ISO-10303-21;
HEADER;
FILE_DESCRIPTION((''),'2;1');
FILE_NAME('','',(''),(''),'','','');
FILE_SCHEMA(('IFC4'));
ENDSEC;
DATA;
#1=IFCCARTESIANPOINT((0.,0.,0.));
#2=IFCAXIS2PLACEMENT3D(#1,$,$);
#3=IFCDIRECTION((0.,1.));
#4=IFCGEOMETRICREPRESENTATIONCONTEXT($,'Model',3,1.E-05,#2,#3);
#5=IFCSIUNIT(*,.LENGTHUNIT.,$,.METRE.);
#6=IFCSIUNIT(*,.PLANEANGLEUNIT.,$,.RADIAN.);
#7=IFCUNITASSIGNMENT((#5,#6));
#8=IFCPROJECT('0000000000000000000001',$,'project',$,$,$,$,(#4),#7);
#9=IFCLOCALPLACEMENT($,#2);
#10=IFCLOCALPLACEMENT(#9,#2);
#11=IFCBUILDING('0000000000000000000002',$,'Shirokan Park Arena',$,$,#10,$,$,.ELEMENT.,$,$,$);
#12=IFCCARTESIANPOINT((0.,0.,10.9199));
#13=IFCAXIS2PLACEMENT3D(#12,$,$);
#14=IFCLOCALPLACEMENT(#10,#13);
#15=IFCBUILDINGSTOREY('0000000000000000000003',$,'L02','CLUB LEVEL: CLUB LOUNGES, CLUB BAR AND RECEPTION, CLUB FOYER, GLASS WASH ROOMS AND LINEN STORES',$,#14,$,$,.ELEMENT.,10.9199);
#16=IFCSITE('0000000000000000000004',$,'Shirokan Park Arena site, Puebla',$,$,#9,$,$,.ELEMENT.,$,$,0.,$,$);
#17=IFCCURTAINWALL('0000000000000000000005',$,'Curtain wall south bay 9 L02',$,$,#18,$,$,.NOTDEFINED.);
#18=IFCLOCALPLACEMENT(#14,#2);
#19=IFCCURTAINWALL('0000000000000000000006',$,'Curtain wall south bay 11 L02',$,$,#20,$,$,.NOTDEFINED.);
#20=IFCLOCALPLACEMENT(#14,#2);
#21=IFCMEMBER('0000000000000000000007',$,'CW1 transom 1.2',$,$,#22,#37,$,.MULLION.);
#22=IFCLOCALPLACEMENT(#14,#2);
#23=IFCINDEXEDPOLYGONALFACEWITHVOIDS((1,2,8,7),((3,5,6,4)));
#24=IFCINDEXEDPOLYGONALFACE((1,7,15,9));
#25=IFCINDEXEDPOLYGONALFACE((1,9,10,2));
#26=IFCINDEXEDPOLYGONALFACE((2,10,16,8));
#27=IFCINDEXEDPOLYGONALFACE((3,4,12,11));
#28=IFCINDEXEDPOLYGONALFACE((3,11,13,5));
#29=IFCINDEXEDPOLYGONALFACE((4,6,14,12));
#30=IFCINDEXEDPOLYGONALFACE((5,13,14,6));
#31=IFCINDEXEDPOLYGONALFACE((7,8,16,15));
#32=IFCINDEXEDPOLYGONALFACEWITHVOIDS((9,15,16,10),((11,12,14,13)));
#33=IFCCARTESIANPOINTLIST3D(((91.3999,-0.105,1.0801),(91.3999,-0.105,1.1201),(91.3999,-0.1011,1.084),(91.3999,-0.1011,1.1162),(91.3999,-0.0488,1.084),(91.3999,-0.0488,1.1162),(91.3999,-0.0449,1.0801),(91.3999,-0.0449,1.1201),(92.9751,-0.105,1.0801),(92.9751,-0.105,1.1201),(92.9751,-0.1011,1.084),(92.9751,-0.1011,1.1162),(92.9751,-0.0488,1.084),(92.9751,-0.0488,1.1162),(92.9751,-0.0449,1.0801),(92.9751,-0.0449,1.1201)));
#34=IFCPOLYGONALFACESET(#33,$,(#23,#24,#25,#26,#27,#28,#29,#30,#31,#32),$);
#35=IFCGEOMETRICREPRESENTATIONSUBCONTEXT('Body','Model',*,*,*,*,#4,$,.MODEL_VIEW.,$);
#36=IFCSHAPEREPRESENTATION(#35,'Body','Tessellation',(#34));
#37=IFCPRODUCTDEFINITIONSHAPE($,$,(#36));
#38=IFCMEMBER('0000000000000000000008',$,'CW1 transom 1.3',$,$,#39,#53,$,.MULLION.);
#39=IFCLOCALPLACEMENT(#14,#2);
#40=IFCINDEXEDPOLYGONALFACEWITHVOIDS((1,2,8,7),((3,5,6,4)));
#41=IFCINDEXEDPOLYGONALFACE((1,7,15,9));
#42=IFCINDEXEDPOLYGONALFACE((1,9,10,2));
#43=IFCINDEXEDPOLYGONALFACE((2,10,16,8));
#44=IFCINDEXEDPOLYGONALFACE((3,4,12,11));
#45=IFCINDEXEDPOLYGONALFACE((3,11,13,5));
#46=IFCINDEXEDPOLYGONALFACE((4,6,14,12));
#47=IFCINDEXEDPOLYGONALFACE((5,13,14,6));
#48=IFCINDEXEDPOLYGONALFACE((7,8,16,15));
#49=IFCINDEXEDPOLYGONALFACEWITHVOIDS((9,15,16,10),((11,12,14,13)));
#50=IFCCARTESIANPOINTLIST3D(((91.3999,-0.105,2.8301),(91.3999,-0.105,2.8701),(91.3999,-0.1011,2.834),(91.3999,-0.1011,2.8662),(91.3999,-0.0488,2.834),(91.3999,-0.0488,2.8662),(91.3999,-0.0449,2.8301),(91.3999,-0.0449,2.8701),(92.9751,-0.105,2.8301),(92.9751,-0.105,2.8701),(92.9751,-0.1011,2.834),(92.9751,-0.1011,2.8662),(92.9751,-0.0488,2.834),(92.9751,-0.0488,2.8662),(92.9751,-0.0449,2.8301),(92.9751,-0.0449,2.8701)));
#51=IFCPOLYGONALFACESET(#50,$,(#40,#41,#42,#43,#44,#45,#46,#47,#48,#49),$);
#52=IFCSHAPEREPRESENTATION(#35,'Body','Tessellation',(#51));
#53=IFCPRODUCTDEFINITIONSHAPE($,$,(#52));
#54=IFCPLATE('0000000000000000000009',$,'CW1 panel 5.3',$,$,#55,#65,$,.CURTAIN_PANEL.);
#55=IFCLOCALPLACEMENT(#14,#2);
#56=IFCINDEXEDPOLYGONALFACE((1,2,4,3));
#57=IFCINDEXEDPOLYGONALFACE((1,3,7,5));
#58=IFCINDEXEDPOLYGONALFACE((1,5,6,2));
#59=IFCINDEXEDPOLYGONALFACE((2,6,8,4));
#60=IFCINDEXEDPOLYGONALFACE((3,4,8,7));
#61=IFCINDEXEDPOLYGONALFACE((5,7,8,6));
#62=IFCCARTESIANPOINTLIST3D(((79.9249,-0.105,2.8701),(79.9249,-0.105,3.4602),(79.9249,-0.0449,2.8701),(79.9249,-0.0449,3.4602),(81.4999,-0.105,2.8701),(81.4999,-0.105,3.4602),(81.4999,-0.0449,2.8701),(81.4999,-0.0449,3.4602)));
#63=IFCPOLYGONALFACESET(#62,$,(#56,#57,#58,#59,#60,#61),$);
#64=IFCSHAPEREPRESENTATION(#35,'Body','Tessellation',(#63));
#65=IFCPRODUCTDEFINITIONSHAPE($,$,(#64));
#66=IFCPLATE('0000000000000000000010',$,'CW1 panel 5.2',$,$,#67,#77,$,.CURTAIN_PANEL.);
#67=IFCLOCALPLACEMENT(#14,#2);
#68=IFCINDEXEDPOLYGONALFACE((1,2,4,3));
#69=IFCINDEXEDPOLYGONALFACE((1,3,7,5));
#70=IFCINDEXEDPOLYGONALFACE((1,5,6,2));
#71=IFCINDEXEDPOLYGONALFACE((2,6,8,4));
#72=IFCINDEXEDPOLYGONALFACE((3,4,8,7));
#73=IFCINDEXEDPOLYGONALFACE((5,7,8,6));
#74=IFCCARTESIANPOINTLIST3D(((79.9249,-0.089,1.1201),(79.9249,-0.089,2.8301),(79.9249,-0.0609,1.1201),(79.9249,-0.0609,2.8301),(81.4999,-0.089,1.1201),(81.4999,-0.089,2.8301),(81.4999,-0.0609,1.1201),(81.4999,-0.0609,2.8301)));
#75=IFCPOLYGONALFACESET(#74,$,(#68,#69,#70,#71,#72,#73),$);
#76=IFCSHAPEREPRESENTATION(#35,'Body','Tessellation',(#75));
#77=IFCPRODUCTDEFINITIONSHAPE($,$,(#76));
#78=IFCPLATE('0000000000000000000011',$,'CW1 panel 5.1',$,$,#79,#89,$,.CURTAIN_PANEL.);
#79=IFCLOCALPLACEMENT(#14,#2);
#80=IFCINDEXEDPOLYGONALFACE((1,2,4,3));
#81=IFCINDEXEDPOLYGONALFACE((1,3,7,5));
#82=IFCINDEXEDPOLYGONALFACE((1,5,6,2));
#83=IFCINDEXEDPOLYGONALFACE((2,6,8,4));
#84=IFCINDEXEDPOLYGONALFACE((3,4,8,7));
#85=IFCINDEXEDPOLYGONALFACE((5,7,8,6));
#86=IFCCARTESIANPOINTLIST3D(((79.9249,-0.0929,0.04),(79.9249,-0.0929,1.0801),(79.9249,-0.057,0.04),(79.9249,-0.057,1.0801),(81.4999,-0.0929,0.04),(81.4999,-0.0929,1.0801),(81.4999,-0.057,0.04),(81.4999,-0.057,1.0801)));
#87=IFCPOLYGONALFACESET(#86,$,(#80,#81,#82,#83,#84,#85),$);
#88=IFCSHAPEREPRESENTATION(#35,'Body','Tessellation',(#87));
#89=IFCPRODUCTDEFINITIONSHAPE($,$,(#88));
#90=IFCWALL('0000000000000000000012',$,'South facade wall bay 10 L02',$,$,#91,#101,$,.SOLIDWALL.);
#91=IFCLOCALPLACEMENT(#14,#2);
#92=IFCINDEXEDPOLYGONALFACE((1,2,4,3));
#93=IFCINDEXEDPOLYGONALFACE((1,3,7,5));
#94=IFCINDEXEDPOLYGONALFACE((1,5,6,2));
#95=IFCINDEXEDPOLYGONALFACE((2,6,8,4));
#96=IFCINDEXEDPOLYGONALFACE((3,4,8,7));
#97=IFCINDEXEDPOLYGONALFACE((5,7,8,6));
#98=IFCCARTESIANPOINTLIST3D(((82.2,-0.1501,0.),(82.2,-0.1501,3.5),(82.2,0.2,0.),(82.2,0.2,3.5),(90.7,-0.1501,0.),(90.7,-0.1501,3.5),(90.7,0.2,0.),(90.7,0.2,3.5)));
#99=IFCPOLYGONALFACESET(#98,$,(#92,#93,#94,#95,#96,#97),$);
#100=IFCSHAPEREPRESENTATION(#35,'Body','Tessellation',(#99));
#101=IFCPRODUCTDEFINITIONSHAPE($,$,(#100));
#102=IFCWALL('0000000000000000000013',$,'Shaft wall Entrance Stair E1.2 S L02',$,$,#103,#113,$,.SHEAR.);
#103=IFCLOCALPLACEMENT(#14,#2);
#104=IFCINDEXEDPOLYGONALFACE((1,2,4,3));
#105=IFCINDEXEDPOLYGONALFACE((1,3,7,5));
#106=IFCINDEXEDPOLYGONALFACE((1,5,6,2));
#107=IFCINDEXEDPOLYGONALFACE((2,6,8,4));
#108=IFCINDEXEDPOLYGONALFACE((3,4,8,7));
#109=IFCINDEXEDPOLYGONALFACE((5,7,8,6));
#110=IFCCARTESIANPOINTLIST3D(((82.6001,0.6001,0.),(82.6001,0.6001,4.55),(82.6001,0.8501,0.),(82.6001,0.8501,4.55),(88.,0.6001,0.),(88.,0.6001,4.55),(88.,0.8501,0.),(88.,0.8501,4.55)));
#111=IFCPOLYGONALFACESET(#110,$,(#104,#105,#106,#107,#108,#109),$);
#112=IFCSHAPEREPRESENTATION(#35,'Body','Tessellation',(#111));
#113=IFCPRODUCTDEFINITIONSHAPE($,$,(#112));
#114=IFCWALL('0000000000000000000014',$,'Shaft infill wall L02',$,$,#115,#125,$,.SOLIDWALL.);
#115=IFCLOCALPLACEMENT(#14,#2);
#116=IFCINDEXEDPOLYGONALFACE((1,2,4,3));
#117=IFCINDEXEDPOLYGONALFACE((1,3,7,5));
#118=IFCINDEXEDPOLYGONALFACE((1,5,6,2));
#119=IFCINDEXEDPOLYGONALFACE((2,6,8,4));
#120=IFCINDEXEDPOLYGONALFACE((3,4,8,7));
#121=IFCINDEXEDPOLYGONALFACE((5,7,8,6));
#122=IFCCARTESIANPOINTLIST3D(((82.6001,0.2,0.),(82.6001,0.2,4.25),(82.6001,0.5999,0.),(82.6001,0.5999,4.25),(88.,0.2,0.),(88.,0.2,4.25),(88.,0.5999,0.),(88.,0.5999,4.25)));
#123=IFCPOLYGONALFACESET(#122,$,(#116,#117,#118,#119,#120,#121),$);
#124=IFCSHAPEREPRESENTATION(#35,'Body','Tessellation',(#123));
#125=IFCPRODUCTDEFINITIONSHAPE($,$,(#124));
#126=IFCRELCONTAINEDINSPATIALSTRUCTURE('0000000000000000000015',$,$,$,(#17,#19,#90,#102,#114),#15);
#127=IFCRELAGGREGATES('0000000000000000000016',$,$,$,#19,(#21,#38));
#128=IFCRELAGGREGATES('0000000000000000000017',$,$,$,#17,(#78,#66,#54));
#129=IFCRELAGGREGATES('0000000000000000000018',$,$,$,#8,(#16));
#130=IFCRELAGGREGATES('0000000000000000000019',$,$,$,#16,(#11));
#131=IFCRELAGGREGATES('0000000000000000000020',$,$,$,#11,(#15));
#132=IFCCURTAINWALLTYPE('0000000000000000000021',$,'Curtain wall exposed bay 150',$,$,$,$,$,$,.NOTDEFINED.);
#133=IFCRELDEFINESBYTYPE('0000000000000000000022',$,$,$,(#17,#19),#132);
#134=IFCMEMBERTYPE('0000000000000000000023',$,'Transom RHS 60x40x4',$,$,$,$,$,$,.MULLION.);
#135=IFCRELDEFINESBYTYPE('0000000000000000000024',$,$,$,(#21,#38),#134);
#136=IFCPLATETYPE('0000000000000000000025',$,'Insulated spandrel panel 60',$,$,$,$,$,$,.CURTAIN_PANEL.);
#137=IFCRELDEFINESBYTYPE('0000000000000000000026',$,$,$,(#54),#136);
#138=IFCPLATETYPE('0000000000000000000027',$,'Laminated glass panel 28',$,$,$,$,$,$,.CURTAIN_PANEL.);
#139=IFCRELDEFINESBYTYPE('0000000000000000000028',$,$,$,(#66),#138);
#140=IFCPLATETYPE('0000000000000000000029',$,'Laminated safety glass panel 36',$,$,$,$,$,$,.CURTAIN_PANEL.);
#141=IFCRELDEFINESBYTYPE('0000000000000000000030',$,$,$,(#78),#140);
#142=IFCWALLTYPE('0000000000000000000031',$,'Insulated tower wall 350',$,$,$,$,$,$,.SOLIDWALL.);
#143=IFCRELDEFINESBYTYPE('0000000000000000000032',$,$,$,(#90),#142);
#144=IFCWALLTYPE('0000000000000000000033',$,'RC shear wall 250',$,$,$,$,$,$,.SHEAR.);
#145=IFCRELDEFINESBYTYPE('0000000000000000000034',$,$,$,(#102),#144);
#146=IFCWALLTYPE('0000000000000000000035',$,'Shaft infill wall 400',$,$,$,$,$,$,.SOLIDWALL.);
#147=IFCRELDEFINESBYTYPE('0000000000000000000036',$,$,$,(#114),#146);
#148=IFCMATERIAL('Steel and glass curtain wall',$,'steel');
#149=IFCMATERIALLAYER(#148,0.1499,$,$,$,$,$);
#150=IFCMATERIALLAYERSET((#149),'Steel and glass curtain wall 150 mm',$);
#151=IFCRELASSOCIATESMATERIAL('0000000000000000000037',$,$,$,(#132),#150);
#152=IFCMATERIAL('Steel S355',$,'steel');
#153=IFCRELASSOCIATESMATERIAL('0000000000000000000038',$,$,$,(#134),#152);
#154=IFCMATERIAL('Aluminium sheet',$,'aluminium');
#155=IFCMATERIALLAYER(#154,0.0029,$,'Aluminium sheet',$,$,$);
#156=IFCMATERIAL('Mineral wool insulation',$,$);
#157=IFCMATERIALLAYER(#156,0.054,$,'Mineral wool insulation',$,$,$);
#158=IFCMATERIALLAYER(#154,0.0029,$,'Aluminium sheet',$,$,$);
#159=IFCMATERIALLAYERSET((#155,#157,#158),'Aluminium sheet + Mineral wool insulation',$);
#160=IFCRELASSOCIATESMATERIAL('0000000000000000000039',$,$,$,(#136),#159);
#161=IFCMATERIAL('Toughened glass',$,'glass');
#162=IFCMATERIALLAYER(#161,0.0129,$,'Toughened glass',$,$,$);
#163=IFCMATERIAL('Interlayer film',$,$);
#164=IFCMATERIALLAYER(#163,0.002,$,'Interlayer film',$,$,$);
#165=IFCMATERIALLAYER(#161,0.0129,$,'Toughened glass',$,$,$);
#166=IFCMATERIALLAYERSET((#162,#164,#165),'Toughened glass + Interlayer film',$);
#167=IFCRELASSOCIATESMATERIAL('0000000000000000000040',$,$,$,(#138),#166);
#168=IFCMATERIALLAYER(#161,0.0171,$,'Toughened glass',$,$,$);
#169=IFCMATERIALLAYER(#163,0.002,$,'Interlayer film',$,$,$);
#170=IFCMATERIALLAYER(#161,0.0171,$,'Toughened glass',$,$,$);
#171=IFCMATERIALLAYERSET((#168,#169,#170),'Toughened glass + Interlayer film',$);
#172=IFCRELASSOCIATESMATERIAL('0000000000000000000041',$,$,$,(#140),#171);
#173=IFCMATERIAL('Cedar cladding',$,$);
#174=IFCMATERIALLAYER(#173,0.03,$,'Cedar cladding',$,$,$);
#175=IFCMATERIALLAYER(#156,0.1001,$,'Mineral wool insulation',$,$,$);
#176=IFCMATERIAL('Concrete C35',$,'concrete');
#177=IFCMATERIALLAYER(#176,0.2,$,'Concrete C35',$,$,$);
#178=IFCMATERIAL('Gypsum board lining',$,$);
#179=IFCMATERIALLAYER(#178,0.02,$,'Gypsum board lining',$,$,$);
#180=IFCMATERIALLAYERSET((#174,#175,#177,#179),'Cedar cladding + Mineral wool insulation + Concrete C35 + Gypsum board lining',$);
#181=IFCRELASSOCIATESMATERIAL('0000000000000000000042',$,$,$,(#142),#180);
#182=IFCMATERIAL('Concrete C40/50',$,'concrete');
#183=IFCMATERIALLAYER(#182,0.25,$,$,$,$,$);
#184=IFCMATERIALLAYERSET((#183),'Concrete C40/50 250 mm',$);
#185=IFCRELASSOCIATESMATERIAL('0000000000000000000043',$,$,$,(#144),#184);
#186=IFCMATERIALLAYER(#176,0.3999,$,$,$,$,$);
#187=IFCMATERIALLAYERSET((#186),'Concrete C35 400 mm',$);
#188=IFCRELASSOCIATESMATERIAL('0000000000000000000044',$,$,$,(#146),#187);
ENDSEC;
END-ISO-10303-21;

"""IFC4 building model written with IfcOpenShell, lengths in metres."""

from ifc_helpers import new_model, si_unit, direction, frame, frame_2d, origin, origin_2d, place, context, subcontext, project, spatial, rectangle, hollow_rectangle, extrude, material, layer, layer_set, material_profile, profile_set, type_object, element, aggregate, save


model = new_model("IFC4")

# Units and contexts
model_context = context("Model", 3, precision=1e-05, world=origin(), true_north=direction((0.0, 1.0)))
body_context = subcontext(model_context, "Body", "Model", "MODEL_VIEW")
ifc_project = project(units=[si_unit("LENGTHUNIT", "METRE"), si_unit("PLANEANGLEUNIT", "RADIAN")], contexts=[model_context])

# Site, building, storey
site_placement = place(None, origin())
site = spatial("IfcSite", under=ifc_project, at=site_placement, Name="Shirokan Park Arena site, Puebla", CompositionType="ELEMENT", RefElevation=0.0)
building_placement = place(site_placement, origin())
building = spatial("IfcBuilding", under=site, at=building_placement, Name="Shirokan Park Arena", CompositionType="ELEMENT")
storey_placement = place(building_placement, frame((0.0, 0.0, 10.9199)))
storey = spatial("IfcBuildingStorey", under=building, at=storey_placement, Name="L02", Description="CLUB LEVEL: CLUB LOUNGES, CLUB BAR AND RECEPTION, CLUB FOYER, GLASS WASH ROOMS AND LINEN STORES", CompositionType="ELEMENT", Elevation=10.9199)

# Shared definitions
ifc_material_1 = material(Name="Concrete C35", Category="concrete")

# Curtain walls
ifc_material_2 = material(Name="Steel and glass curtain wall", Category="steel")
ifc_layer_1 = layer(ifc_material_2, 0.1499)
ifc_layer_set_1 = layer_set([ifc_layer_1], Name="Steel and glass curtain wall 150 mm")
curtain_wall_type = type_object("IfcCurtainWallType", Name="Curtain wall exposed bay 150", PredefinedType="NOTDEFINED", material=ifc_layer_set_1)
curtain_wall_1_placement = place(storey_placement, origin())
curtain_wall_1 = element("IfcCurtainWall", 1, at=curtain_wall_1_placement, inside=storey, type_object=curtain_wall_type, Name="Curtain wall south bay 9 L02", PredefinedType="NOTDEFINED")
ifc_material_3 = material(Name="Steel S355", Category="steel")
curtain_wall_2_placement = place(storey_placement, origin())
curtain_wall_2 = element("IfcCurtainWall", 2, at=curtain_wall_2_placement, inside=storey, type_object=curtain_wall_type, Name="Curtain wall south bay 11 L02", PredefinedType="NOTDEFINED")

# Members
ifc_material_profile_1 = material_profile(ifc_material_3, hollow_rectangle(XDim=0.0601, YDim=0.04, WallThickness=0.0039, at=origin_2d()), Name="RHS 60x40x4")
ifc_profile_set_1 = profile_set([ifc_material_profile_1], Name="Steel S355")
member_type_1 = type_object("IfcMemberType", Name="Transom RHS 60x40x4", PredefinedType="MULLION", material=ifc_profile_set_1)
member_1_placement = place(storey_placement, frame((91.3999, -0.075, 1.1001), z_axis=(1.0, 0.0, 0.0), x_axis=(0.0, 1.0, 0.0)))
member_1 = element("IfcMember", 3, at=member_1_placement, type_object=member_type_1, Name="CW1 transom 1.2", PredefinedType="MULLION", context=body_context, shape_type="SweptSolid", body=[
    extrude(hollow_rectangle(XDim=0.0601, YDim=0.04, WallThickness=0.0039, at=origin_2d()), origin(), (0.0, 0.0, 1.0), 1.5752),
])
member_2_placement = place(storey_placement, frame((91.3999, -0.075, 2.8501), z_axis=(1.0, 0.0, 0.0), x_axis=(0.0, 1.0, 0.0)))
member_2 = element("IfcMember", 4, at=member_2_placement, type_object=member_type_1, Name="CW1 transom 1.3", PredefinedType="MULLION", context=body_context, shape_type="SweptSolid", body=[
    extrude(hollow_rectangle(XDim=0.0601, YDim=0.04, WallThickness=0.0039, at=origin_2d()), origin(), (0.0, 0.0, 1.0), 1.5752),
])
aggregate(curtain_wall_2, [member_1, member_2])

# Plates
ifc_material_4 = material(Name="Aluminium sheet", Category="aluminium")
ifc_layer_2 = layer(ifc_material_4, 0.0029, Name="Aluminium sheet")
ifc_material_5 = material(Name="Mineral wool insulation")
ifc_layer_3 = layer(ifc_material_5, 0.054, Name="Mineral wool insulation")
ifc_layer_4 = layer(ifc_material_4, 0.0029, Name="Aluminium sheet")
ifc_layer_set_2 = layer_set([ifc_layer_2, ifc_layer_3, ifc_layer_4], Name="Aluminium sheet + Mineral wool insulation")
plate_type_1 = type_object("IfcPlateType", Name="Insulated spandrel panel 60", PredefinedType="CURTAIN_PANEL", material=ifc_layer_set_2)
plate_1_placement = place(storey_placement, frame((80.7124, -0.075, 2.8701), z_axis=(0.0, 0.0, 1.0), x_axis=(1.0, 0.0, 0.0)))
plate_1 = element("IfcPlate", 5, at=plate_1_placement, type_object=plate_type_1, Name="CW1 panel 5.3", PredefinedType="CURTAIN_PANEL", context=body_context, shape_type="SweptSolid", body=[
    extrude(rectangle(XDim=1.575, YDim=0.0601, at=origin_2d()), origin(), (0.0, 0.0, 1.0), 0.5901),
])
ifc_material_6 = material(Name="Toughened glass", Category="glass")
ifc_layer_5 = layer(ifc_material_6, 0.0129, Name="Toughened glass")
ifc_material_7 = material(Name="Interlayer film")
ifc_layer_6 = layer(ifc_material_7, 0.002, Name="Interlayer film")
ifc_layer_7 = layer(ifc_material_6, 0.0129, Name="Toughened glass")
ifc_layer_set_3 = layer_set([ifc_layer_5, ifc_layer_6, ifc_layer_7], Name="Toughened glass + Interlayer film")
plate_type_2 = type_object("IfcPlateType", Name="Laminated glass panel 28", PredefinedType="CURTAIN_PANEL", material=ifc_layer_set_3)
plate_2_placement = place(storey_placement, frame((80.7124, -0.075, 1.1201), z_axis=(0.0, 0.0, 1.0), x_axis=(1.0, 0.0, 0.0)))
plate_2 = element("IfcPlate", 6, at=plate_2_placement, type_object=plate_type_2, Name="CW1 panel 5.2", PredefinedType="CURTAIN_PANEL", context=body_context, shape_type="SweptSolid", body=[
    extrude(rectangle(XDim=1.575, YDim=0.0281, at=origin_2d()), origin(), (0.0, 0.0, 1.0), 1.71),
])
ifc_layer_8 = layer(ifc_material_6, 0.0171, Name="Toughened glass")
ifc_layer_9 = layer(ifc_material_7, 0.002, Name="Interlayer film")
ifc_layer_10 = layer(ifc_material_6, 0.0171, Name="Toughened glass")
ifc_layer_set_4 = layer_set([ifc_layer_8, ifc_layer_9, ifc_layer_10], Name="Toughened glass + Interlayer film")
plate_type_3 = type_object("IfcPlateType", Name="Laminated safety glass panel 36", PredefinedType="CURTAIN_PANEL", material=ifc_layer_set_4)
plate_3_placement = place(storey_placement, frame((80.7124, -0.075, 0.04), z_axis=(0.0, 0.0, 1.0), x_axis=(1.0, 0.0, 0.0)))
plate_3 = element("IfcPlate", 7, at=plate_3_placement, type_object=plate_type_3, Name="CW1 panel 5.1", PredefinedType="CURTAIN_PANEL", context=body_context, shape_type="SweptSolid", body=[
    extrude(rectangle(XDim=1.575, YDim=0.0359, at=origin_2d()), origin(), (0.0, 0.0, 1.0), 1.04),
])
aggregate(curtain_wall_1, [plate_3, plate_2, plate_1])

# Walls
ifc_material_8 = material(Name="Cedar cladding")
ifc_layer_11 = layer(ifc_material_8, 0.03, Name="Cedar cladding")
ifc_layer_12 = layer(ifc_material_5, 0.1001, Name="Mineral wool insulation")
ifc_layer_13 = layer(ifc_material_1, 0.2, Name="Concrete C35")
ifc_material_9 = material(Name="Gypsum board lining")
ifc_layer_14 = layer(ifc_material_9, 0.02, Name="Gypsum board lining")
ifc_layer_set_5 = layer_set([ifc_layer_11, ifc_layer_12, ifc_layer_13, ifc_layer_14], Name="Cedar cladding + Mineral wool insulation + Concrete C35 + Gypsum board lining")
wall_type_1 = type_object("IfcWallType", Name="Insulated tower wall 350", PredefinedType="SOLIDWALL", material=ifc_layer_set_5)
wall_1_placement = place(storey_placement, frame((82.2, 0.0249, 0.0), z_axis=(0.0, 0.0, 1.0), x_axis=(1.0, 0.0, 0.0)))
element("IfcWall", 8, at=wall_1_placement, inside=storey, type_object=wall_type_1, Name="South facade wall bay 10 L02", PredefinedType="SOLIDWALL", context=body_context, shape_type="SweptSolid", body=[
    extrude(rectangle(XDim=8.5, YDim=0.3501, at=frame_2d((4.25, 0.0))), origin(), (0.0, 0.0, 1.0), 3.5),
])
ifc_material_10 = material(Name="Concrete C40/50", Category="concrete")
ifc_layer_15 = layer(ifc_material_10, 0.25)
ifc_layer_set_6 = layer_set([ifc_layer_15], Name="Concrete C40/50 250 mm")
wall_type_2 = type_object("IfcWallType", Name="RC shear wall 250", PredefinedType="SHEAR", material=ifc_layer_set_6)
wall_2_placement = place(storey_placement, frame((88.0, 0.7251, 0.0), z_axis=(0.0, 0.0, 1.0), x_axis=(-1.0, 0.0, 0.0)))
element("IfcWall", 9, at=wall_2_placement, inside=storey, type_object=wall_type_2, Name="Shaft wall Entrance Stair E1.2 S L02", PredefinedType="SHEAR", context=body_context, shape_type="SweptSolid", body=[
    extrude(rectangle(XDim=5.3999, YDim=0.25, at=frame_2d((2.7, 0.0))), origin(), (0.0, 0.0, 1.0), 4.55),
])
ifc_layer_16 = layer(ifc_material_1, 0.3999)
ifc_layer_set_7 = layer_set([ifc_layer_16], Name="Concrete C35 400 mm")
wall_type_3 = type_object("IfcWallType", Name="Shaft infill wall 400", PredefinedType="SOLIDWALL", material=ifc_layer_set_7)
wall_3_placement = place(storey_placement, frame((82.6001, 0.3999, 0.0), z_axis=(0.0, 0.0, 1.0), x_axis=(1.0, 0.0, 0.0)))
element("IfcWall", 10, at=wall_3_placement, inside=storey, type_object=wall_type_3, Name="Shaft infill wall L02", PredefinedType="SOLIDWALL", context=body_context, shape_type="SweptSolid", body=[
    extrude(rectangle(XDim=5.3999, YDim=0.3999, at=frame_2d((2.7, 0.0))), origin(), (0.0, 0.0, 1.0), 4.25),
])

save(model, "model.ifc")
